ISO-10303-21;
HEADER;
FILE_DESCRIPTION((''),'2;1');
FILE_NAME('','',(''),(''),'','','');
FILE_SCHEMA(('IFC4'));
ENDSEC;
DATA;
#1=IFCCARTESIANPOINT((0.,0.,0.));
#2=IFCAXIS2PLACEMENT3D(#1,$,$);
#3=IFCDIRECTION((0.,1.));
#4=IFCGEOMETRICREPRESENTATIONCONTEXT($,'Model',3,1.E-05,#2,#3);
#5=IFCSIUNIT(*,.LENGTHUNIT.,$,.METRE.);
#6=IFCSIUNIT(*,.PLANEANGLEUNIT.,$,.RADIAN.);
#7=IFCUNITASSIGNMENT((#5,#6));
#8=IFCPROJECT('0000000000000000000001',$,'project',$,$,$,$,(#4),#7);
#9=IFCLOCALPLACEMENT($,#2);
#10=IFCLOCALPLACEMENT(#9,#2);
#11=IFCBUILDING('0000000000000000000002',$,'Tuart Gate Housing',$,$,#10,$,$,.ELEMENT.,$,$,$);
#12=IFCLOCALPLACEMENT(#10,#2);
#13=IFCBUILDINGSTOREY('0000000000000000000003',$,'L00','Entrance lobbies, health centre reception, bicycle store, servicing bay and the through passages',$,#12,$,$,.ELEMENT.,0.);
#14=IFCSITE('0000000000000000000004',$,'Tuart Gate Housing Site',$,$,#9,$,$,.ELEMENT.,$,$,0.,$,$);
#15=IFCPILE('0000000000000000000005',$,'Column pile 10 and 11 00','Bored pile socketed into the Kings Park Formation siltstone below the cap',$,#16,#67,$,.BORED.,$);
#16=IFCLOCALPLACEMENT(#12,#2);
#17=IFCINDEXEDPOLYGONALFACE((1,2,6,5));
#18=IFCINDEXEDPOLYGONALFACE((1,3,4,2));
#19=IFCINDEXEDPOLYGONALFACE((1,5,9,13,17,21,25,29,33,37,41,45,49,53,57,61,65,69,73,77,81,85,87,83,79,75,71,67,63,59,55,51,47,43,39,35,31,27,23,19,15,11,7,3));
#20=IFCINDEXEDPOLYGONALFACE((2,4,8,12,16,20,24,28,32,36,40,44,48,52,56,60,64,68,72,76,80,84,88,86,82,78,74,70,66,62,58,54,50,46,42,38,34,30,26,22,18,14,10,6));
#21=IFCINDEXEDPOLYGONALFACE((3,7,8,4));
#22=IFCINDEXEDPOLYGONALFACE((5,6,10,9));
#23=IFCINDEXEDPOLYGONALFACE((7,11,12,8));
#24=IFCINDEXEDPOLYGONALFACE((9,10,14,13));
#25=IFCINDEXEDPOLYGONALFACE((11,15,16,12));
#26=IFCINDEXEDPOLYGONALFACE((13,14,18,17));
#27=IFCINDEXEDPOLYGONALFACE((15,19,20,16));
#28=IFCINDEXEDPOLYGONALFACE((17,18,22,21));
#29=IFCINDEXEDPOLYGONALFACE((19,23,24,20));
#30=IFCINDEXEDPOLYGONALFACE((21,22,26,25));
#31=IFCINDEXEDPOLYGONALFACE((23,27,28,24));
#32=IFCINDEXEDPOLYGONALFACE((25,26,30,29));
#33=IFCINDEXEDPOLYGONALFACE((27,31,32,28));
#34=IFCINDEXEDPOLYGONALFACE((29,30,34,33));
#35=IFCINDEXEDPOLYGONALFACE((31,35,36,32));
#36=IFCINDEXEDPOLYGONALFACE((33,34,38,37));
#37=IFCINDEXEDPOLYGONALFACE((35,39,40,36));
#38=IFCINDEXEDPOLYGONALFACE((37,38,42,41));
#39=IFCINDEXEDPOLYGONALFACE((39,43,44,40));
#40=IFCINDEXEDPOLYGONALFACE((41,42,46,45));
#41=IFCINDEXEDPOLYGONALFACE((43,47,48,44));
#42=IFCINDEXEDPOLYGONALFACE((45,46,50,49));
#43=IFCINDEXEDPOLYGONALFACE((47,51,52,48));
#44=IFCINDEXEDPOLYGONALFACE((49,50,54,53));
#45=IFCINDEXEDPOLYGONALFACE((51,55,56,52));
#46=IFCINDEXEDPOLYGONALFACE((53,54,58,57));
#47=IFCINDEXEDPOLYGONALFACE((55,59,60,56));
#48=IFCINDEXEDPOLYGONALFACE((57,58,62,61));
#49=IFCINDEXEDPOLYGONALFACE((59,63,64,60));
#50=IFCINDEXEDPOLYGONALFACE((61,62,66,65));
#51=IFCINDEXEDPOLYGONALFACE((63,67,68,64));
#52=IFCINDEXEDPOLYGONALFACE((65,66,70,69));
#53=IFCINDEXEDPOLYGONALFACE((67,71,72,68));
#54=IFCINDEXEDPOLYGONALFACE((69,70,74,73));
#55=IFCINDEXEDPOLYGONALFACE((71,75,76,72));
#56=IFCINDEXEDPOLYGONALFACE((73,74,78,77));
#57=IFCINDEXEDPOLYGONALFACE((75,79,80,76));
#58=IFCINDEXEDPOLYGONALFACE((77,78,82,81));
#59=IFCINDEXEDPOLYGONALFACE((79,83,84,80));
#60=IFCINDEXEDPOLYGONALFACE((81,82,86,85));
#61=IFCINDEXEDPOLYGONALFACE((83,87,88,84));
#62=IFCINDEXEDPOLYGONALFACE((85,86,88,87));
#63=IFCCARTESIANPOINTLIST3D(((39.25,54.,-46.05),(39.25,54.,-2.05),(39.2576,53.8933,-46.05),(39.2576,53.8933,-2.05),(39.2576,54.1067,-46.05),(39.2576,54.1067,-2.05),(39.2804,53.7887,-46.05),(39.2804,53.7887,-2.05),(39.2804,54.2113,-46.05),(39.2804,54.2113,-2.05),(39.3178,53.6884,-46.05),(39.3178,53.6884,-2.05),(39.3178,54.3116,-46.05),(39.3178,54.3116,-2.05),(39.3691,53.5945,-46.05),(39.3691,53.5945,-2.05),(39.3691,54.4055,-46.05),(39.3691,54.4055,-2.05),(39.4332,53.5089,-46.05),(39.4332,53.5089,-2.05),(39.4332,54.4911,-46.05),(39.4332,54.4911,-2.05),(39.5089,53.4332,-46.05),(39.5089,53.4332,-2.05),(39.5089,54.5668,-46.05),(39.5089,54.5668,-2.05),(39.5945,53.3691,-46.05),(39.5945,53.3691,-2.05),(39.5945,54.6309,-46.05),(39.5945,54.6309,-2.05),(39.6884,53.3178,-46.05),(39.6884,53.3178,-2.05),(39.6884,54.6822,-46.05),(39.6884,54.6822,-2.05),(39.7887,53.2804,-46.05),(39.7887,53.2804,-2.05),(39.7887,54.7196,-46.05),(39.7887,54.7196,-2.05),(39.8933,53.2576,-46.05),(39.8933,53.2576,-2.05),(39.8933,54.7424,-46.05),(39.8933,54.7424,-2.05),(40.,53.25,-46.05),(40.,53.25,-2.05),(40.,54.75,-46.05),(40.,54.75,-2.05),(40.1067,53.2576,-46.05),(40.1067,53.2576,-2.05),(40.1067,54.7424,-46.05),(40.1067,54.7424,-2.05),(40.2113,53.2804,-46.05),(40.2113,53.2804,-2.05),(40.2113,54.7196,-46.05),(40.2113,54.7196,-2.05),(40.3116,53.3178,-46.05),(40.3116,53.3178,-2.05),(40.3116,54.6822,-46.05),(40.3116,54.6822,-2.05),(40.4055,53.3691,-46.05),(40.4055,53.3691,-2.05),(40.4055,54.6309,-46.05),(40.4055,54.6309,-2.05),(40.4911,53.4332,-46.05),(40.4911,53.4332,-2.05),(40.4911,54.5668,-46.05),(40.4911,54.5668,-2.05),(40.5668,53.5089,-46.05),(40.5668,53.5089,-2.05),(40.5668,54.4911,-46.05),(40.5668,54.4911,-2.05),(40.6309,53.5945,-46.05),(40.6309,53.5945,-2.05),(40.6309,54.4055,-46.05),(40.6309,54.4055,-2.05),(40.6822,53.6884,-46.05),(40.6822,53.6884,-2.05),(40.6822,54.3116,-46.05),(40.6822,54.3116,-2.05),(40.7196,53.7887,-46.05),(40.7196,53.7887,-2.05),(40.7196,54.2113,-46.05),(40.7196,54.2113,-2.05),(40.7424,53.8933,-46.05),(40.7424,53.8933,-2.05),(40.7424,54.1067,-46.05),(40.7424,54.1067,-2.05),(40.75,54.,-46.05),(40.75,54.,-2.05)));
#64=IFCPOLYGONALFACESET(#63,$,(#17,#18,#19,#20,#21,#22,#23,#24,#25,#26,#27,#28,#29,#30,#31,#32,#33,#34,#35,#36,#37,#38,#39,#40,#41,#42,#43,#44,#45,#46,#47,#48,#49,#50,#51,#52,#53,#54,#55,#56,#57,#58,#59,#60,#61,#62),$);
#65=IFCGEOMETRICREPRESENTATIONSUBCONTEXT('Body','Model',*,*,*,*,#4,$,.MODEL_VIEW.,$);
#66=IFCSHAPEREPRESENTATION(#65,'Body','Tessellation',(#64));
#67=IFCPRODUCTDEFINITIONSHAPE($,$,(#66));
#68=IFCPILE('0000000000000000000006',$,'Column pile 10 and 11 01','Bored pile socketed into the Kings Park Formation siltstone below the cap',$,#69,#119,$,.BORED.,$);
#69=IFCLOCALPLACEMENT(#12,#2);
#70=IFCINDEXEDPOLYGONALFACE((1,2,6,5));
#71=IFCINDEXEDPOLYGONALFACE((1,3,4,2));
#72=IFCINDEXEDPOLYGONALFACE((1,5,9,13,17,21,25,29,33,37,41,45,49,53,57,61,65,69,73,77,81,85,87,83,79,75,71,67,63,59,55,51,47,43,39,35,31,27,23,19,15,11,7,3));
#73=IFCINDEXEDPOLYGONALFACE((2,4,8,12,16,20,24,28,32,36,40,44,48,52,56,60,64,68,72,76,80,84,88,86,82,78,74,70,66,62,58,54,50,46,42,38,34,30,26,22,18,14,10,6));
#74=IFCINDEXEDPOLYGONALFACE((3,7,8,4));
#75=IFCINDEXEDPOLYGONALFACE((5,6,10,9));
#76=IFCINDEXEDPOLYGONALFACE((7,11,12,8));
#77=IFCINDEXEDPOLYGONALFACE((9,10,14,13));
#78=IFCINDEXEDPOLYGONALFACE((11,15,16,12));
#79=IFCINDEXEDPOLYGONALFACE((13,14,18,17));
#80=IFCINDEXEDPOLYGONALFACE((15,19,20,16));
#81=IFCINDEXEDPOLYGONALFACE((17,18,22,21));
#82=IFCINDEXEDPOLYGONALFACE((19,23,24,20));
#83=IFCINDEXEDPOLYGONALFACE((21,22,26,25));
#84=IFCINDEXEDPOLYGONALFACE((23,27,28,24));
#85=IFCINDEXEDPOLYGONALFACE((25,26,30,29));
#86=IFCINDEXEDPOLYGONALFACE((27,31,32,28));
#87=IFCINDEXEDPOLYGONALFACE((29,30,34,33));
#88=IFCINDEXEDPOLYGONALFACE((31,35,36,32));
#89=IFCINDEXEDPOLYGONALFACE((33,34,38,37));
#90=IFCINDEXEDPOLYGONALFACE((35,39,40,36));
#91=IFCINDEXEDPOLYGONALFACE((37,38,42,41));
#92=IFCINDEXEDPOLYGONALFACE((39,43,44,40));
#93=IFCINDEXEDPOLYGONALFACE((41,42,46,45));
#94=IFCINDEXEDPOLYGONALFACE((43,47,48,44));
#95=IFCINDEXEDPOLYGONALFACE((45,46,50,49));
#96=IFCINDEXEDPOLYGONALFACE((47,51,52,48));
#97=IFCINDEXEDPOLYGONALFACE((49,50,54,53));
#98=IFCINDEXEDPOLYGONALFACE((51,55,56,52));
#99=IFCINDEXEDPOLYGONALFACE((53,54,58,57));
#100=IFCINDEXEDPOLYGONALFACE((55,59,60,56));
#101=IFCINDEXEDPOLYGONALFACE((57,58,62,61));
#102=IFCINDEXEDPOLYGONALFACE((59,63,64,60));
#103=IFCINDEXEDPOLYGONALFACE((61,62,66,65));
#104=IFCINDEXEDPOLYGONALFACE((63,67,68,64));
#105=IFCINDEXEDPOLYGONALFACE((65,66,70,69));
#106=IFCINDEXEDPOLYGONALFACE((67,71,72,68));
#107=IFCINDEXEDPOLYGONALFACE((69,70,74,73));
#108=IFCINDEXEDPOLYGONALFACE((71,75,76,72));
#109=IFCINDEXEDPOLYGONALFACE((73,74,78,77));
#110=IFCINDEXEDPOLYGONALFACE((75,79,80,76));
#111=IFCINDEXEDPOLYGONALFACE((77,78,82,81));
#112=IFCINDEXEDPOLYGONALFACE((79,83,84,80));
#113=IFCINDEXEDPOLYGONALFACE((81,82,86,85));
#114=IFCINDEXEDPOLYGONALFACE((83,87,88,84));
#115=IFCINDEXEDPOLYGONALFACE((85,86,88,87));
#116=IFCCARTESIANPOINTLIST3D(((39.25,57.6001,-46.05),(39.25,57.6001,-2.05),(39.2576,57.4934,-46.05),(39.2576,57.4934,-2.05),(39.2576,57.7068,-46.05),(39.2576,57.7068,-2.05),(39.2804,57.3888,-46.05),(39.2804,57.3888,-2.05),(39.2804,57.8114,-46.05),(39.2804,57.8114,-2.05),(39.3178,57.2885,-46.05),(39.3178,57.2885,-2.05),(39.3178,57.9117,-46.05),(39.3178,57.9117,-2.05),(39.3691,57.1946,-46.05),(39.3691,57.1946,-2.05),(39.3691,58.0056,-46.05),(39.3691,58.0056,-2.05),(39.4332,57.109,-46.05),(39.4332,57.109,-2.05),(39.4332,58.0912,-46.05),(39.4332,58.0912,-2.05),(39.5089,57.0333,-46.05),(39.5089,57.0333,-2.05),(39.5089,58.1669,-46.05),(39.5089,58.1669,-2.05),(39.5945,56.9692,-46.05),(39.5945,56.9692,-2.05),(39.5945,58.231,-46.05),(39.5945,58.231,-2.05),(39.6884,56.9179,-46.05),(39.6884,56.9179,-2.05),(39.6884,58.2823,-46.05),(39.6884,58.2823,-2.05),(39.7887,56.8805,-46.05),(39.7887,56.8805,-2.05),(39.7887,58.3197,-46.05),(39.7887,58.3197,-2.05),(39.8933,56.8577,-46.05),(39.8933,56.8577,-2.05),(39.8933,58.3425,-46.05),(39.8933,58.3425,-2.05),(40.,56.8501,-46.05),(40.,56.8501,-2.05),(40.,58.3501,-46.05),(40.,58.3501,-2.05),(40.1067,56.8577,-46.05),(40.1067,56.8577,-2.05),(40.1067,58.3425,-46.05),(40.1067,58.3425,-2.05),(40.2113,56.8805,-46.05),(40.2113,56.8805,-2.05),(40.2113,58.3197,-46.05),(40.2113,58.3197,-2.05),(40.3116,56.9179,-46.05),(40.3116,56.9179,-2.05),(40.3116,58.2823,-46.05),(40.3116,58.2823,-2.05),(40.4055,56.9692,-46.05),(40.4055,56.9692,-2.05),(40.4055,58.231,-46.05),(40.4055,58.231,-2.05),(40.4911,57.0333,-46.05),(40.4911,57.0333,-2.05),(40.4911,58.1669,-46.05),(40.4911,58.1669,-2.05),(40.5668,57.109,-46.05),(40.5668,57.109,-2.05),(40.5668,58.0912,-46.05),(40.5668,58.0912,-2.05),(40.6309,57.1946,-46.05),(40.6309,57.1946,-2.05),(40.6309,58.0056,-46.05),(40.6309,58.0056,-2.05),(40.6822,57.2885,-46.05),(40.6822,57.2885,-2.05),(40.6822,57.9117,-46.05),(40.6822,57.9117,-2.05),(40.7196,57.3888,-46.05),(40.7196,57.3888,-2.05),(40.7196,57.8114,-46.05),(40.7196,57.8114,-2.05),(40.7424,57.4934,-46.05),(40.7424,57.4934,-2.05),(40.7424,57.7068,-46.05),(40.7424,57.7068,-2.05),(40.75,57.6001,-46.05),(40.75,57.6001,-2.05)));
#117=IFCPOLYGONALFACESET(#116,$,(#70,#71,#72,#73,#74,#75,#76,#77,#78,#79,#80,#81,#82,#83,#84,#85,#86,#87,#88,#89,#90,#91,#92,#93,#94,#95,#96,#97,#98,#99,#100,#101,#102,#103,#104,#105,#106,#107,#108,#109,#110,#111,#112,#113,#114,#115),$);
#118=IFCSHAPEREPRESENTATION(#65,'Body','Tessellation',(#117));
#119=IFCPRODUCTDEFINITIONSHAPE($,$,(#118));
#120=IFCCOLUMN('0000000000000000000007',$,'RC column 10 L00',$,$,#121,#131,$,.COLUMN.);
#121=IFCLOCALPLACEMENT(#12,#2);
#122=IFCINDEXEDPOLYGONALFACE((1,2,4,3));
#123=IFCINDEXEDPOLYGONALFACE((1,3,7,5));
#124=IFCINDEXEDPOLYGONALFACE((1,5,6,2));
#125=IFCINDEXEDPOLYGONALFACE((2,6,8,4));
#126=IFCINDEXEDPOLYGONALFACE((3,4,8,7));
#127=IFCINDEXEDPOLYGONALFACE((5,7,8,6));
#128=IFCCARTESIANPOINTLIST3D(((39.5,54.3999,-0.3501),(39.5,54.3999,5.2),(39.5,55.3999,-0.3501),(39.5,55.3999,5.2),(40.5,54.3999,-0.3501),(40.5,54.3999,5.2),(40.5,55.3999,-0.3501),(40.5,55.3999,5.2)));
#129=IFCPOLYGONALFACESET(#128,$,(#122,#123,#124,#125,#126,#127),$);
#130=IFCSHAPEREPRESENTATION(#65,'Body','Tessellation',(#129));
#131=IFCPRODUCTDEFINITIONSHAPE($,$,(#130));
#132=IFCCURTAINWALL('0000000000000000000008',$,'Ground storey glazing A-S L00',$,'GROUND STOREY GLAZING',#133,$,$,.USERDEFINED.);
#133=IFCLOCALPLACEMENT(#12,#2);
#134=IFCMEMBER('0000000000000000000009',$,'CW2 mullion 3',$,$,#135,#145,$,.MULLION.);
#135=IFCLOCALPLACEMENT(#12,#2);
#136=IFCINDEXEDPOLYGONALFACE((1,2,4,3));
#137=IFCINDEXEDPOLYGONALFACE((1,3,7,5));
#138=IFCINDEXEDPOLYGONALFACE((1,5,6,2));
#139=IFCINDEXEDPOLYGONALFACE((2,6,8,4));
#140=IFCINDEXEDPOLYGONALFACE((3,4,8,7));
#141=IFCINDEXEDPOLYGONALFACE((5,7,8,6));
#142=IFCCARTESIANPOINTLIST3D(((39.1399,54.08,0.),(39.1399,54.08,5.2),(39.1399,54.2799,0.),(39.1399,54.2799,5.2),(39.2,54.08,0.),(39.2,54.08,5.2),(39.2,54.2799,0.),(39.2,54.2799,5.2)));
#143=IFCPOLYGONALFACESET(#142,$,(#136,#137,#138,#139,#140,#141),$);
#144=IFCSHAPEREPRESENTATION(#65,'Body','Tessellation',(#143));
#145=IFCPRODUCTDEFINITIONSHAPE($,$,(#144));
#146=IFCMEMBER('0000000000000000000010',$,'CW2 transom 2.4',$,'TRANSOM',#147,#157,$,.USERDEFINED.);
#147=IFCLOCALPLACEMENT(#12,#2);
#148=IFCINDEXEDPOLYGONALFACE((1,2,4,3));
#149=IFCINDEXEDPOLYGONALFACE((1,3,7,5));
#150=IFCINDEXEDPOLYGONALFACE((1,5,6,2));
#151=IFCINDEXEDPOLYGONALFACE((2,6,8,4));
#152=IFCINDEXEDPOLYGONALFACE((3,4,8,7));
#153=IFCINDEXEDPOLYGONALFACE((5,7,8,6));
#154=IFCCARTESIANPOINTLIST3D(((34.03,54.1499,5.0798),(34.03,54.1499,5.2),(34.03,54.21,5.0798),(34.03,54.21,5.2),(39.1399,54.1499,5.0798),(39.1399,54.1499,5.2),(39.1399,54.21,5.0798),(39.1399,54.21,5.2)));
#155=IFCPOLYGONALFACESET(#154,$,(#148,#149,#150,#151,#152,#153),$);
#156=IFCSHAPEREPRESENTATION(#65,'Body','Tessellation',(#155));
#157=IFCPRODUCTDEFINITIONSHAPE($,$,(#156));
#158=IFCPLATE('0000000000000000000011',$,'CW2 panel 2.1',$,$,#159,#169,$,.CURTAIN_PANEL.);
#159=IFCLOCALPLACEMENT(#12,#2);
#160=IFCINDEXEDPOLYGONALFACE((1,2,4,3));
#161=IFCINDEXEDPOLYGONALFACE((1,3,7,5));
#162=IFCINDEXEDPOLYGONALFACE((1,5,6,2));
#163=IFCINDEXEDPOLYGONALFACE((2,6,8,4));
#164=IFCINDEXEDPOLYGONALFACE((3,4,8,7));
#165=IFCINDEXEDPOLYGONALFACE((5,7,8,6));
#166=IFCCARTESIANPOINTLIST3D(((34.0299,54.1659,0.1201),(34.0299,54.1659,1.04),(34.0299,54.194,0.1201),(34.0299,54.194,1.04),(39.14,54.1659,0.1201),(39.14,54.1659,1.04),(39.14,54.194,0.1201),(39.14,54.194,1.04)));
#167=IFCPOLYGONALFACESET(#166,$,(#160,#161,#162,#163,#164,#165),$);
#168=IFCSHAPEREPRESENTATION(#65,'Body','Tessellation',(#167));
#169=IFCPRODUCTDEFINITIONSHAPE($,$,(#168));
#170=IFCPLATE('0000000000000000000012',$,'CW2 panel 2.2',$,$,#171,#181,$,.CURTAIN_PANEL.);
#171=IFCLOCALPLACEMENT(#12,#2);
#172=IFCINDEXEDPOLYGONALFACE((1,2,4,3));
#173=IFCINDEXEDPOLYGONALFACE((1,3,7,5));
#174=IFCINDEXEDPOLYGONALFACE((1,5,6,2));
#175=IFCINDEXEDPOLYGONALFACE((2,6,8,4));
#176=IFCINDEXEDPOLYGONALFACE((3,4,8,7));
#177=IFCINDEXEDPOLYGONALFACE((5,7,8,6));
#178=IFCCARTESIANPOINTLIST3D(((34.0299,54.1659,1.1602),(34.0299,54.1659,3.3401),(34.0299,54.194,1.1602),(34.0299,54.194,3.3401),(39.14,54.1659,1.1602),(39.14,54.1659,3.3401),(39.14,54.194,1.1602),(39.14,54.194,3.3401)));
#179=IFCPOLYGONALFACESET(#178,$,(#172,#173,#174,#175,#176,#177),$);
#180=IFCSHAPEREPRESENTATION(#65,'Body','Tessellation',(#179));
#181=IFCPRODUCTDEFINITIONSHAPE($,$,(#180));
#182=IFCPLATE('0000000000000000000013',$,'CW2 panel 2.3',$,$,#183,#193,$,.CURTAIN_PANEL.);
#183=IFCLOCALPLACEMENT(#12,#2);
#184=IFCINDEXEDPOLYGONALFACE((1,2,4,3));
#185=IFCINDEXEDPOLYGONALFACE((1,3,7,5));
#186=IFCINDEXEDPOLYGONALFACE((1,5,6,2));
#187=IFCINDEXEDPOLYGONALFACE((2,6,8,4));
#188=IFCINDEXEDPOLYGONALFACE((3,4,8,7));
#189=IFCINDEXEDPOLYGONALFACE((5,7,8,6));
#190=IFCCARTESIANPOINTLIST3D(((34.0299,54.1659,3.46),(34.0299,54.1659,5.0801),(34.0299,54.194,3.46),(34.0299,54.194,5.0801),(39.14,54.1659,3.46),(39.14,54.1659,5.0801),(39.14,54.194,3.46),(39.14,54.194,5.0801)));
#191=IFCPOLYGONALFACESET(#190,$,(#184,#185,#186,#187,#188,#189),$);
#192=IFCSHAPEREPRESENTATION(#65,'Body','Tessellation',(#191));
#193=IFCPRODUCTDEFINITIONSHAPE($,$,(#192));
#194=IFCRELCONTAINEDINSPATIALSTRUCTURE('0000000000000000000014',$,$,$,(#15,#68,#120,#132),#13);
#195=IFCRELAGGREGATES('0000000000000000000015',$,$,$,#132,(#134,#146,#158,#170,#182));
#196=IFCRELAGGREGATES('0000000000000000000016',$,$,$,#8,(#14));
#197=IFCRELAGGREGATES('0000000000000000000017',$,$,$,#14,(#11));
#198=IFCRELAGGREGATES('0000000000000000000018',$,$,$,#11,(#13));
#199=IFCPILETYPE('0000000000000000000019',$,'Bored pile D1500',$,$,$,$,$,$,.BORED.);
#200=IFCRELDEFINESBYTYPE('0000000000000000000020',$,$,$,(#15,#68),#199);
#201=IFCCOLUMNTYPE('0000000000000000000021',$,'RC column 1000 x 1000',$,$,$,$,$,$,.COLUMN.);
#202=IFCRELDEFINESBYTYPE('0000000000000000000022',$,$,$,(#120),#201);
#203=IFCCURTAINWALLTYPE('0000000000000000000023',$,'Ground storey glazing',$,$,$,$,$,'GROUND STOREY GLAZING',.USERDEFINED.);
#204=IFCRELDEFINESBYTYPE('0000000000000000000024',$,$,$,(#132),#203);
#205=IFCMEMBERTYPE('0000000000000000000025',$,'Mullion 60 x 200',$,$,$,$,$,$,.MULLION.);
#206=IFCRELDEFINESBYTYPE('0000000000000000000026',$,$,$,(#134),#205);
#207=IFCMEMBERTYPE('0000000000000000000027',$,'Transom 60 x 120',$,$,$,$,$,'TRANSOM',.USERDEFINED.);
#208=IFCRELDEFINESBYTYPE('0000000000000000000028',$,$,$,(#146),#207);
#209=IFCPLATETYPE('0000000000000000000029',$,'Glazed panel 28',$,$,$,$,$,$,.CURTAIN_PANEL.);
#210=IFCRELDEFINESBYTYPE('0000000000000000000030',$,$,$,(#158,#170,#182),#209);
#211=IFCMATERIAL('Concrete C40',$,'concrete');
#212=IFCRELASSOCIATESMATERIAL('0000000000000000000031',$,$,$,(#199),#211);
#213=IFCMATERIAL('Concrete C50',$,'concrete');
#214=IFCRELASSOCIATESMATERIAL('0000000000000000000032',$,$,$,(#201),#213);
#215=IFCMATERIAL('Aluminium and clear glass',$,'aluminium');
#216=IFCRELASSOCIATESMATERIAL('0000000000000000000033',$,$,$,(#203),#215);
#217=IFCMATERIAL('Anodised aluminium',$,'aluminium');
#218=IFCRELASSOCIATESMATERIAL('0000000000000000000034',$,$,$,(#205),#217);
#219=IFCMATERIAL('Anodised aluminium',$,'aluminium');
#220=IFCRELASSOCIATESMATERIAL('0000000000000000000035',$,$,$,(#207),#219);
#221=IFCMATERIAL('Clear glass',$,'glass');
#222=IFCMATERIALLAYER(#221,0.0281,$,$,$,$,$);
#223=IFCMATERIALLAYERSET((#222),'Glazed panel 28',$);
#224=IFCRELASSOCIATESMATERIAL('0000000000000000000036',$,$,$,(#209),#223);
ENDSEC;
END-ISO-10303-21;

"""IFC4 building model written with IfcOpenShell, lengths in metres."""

from ifc_helpers import new_model, si_unit, direction, frame, origin, origin_2d, place, context, subcontext, project, spatial, rectangle, circle, extrude, material, layer, layer_set, material_profile, profile_set, type_object, element, aggregate, save


model = new_model("IFC4")

# Units and contexts
model_context = context("Model", 3, precision=1e-05, world=origin(), true_north=direction((0.0, 1.0)))
body_context = subcontext(model_context, "Body", "Model", "MODEL_VIEW")
ifc_project = project(units=[si_unit("LENGTHUNIT", "METRE"), si_unit("PLANEANGLEUNIT", "RADIAN")], contexts=[model_context])

# Site, building, storey
site_placement = place(None, origin())
site = spatial("IfcSite", under=ifc_project, at=site_placement, Name="Tuart Gate Housing Site", CompositionType="ELEMENT", RefElevation=0.0)
building_placement = place(site_placement, origin())
building = spatial("IfcBuilding", under=site, at=building_placement, Name="Tuart Gate Housing", CompositionType="ELEMENT")
storey_placement = place(building_placement, origin())
storey = spatial("IfcBuildingStorey", under=building, at=storey_placement, Name="L00", Description="Entrance lobbies, health centre reception, bicycle store, servicing bay and the through passages", CompositionType="ELEMENT", Elevation=0.0)

# Piles
ifc_material_1 = material(Name="Concrete C40", Category="concrete")
ifc_material_profile_1 = material_profile(ifc_material_1, circle(Radius=0.75, at=origin_2d()), Name="Bored pile D1500")
ifc_profile_set_1 = profile_set([ifc_material_profile_1], Name="Concrete C40")
pile_type = type_object("IfcPileType", Name="Bored pile D1500", PredefinedType="BORED", material=ifc_profile_set_1)
for number, where, z_axis, x_axis, name in (
    (1, (40.0, 54.0, -2.05), (0.0, 0.0, -1.0), (1.0, 0.0, 0.0), "Column pile 10 and 11 00"),
    (2, (40.0, 57.6001, -2.05), (0.0, 0.0, -1.0), (1.0, 0.0, 0.0), "Column pile 10 and 11 01"),
):
    element("IfcPile", number, at=place(storey_placement, frame(where, z_axis=z_axis, x_axis=x_axis)), inside=storey, type_object=pile_type, Name=name, Description="Bored pile socketed into the Kings Park Formation siltstone below the cap", PredefinedType="BORED", context=body_context, shape_type="SweptSolid", body=[
        extrude(circle(Radius=0.75, at=origin_2d()), origin(), (0.0, 0.0, 1.0), 44.0),
    ])

# Column
ifc_material_2 = material(Name="Concrete C50", Category="concrete")
ifc_material_profile_2 = material_profile(ifc_material_2, rectangle(XDim=1.0, YDim=1.0, at=origin_2d()), Name="RC column 1000 x 1000")
ifc_profile_set_2 = profile_set([ifc_material_profile_2], Name="Concrete C50")
column_type = type_object("IfcColumnType", Name="RC column 1000 x 1000", PredefinedType="COLUMN", material=ifc_profile_set_2)
column_placement = place(storey_placement, frame((40.0, 54.8999, -0.3501), z_axis=(0.0, 0.0, 1.0), x_axis=(1.0, 0.0, 0.0)))
element("IfcColumn", 3, at=column_placement, inside=storey, type_object=column_type, Name="RC column 10 L00", PredefinedType="COLUMN", context=body_context, shape_type="SweptSolid", body=[
    extrude(rectangle(XDim=1.0, YDim=1.0, at=origin_2d()), origin(), (0.0, 0.0, 1.0), 5.55),
])

# Curtain wall, members, plates
ifc_material_3 = material(Name="Aluminium and clear glass", Category="aluminium")
curtain_wall_type = type_object("IfcCurtainWallType", Name="Ground storey glazing", ElementType="GROUND STOREY GLAZING", PredefinedType="USERDEFINED", material=ifc_material_3)
curtain_wall_placement = place(storey_placement, origin())
curtain_wall = element("IfcCurtainWall", 4, at=curtain_wall_placement, inside=storey, type_object=curtain_wall_type, Name="Ground storey glazing A-S L00", ObjectType="GROUND STOREY GLAZING", PredefinedType="USERDEFINED")
ifc_material_4 = material(Name="Anodised aluminium", Category="aluminium")
ifc_material_profile_3 = material_profile(ifc_material_4, rectangle(XDim=0.0601, YDim=0.2, at=origin_2d()), Name="60x200")
ifc_profile_set_3 = profile_set([ifc_material_profile_3], Name="Anodised aluminium")
member_type_1 = type_object("IfcMemberType", Name="Mullion 60 x 200", PredefinedType="MULLION", material=ifc_profile_set_3)
member_1_placement = place(storey_placement, frame((39.1699, 54.1799, 0.0), z_axis=(0.0, 0.0, 1.0), x_axis=(1.0, 0.0, 0.0)))
member_1 = element("IfcMember", 5, at=member_1_placement, type_object=member_type_1, Name="CW2 mullion 3", PredefinedType="MULLION", context=body_context, shape_type="SweptSolid", body=[
    extrude(rectangle(XDim=0.0601, YDim=0.2, at=origin_2d()), origin(), (0.0, 0.0, 1.0), 5.2),
])
ifc_material_5 = material(Name="Anodised aluminium", Category="aluminium")
ifc_material_profile_4 = material_profile(ifc_material_5, rectangle(XDim=0.0601, YDim=0.1201, at=origin_2d()), Name="60x120")
ifc_profile_set_4 = profile_set([ifc_material_profile_4], Name="Anodised aluminium")
member_type_2 = type_object("IfcMemberType", Name="Transom 60 x 120", ElementType="TRANSOM", PredefinedType="USERDEFINED", material=ifc_profile_set_4)
member_2_placement = place(storey_placement, frame((34.03, 54.1799, 5.1399), z_axis=(1.0, 0.0, 0.0), x_axis=(0.0, 1.0, 0.0)))
member_2 = element("IfcMember", 6, at=member_2_placement, type_object=member_type_2, Name="CW2 transom 2.4", ObjectType="TRANSOM", PredefinedType="USERDEFINED", context=body_context, shape_type="SweptSolid", body=[
    extrude(rectangle(XDim=0.0601, YDim=0.1201, at=origin_2d()), origin(), (0.0, 0.0, 1.0), 5.1099),
])
ifc_material_6 = material(Name="Clear glass", Category="glass")
ifc_layer_1 = layer(ifc_material_6, 0.0281)
ifc_layer_set_1 = layer_set([ifc_layer_1], Name="Glazed panel 28")
plate_type = type_object("IfcPlateType", Name="Glazed panel 28", PredefinedType="CURTAIN_PANEL", material=ifc_layer_set_1)
plate_1_placement = place(storey_placement, frame((36.585, 54.1799, 0.1201), z_axis=(0.0, 0.0, 1.0), x_axis=(1.0, 0.0, 0.0)))
plate_1 = element("IfcPlate", 7, at=plate_1_placement, type_object=plate_type, Name="CW2 panel 2.1", PredefinedType="CURTAIN_PANEL", context=body_context, shape_type="SweptSolid", body=[
    extrude(rectangle(XDim=5.1101, YDim=0.0281, at=origin_2d()), origin(), (0.0, 0.0, 1.0), 0.9199),
])
plate_2_placement = place(storey_placement, frame((36.585, 54.1799, 1.1602), z_axis=(0.0, 0.0, 1.0), x_axis=(1.0, 0.0, 0.0)))
plate_2 = element("IfcPlate", 8, at=plate_2_placement, type_object=plate_type, Name="CW2 panel 2.2", PredefinedType="CURTAIN_PANEL", context=body_context, shape_type="SweptSolid", body=[
    extrude(rectangle(XDim=5.1101, YDim=0.0281, at=origin_2d()), origin(), (0.0, 0.0, 1.0), 2.1799),
])
plate_3_placement = place(storey_placement, frame((36.585, 54.1799, 3.46), z_axis=(0.0, 0.0, 1.0), x_axis=(1.0, 0.0, 0.0)))
plate_3 = element("IfcPlate", 9, at=plate_3_placement, type_object=plate_type, Name="CW2 panel 2.3", PredefinedType="CURTAIN_PANEL", context=body_context, shape_type="SweptSolid", body=[
    extrude(rectangle(XDim=5.1101, YDim=0.0281, at=origin_2d()), origin(), (0.0, 0.0, 1.0), 1.6201),
])
aggregate(curtain_wall, [member_1, member_2, plate_1, plate_2, plate_3])

save(model, "model.ifc")
